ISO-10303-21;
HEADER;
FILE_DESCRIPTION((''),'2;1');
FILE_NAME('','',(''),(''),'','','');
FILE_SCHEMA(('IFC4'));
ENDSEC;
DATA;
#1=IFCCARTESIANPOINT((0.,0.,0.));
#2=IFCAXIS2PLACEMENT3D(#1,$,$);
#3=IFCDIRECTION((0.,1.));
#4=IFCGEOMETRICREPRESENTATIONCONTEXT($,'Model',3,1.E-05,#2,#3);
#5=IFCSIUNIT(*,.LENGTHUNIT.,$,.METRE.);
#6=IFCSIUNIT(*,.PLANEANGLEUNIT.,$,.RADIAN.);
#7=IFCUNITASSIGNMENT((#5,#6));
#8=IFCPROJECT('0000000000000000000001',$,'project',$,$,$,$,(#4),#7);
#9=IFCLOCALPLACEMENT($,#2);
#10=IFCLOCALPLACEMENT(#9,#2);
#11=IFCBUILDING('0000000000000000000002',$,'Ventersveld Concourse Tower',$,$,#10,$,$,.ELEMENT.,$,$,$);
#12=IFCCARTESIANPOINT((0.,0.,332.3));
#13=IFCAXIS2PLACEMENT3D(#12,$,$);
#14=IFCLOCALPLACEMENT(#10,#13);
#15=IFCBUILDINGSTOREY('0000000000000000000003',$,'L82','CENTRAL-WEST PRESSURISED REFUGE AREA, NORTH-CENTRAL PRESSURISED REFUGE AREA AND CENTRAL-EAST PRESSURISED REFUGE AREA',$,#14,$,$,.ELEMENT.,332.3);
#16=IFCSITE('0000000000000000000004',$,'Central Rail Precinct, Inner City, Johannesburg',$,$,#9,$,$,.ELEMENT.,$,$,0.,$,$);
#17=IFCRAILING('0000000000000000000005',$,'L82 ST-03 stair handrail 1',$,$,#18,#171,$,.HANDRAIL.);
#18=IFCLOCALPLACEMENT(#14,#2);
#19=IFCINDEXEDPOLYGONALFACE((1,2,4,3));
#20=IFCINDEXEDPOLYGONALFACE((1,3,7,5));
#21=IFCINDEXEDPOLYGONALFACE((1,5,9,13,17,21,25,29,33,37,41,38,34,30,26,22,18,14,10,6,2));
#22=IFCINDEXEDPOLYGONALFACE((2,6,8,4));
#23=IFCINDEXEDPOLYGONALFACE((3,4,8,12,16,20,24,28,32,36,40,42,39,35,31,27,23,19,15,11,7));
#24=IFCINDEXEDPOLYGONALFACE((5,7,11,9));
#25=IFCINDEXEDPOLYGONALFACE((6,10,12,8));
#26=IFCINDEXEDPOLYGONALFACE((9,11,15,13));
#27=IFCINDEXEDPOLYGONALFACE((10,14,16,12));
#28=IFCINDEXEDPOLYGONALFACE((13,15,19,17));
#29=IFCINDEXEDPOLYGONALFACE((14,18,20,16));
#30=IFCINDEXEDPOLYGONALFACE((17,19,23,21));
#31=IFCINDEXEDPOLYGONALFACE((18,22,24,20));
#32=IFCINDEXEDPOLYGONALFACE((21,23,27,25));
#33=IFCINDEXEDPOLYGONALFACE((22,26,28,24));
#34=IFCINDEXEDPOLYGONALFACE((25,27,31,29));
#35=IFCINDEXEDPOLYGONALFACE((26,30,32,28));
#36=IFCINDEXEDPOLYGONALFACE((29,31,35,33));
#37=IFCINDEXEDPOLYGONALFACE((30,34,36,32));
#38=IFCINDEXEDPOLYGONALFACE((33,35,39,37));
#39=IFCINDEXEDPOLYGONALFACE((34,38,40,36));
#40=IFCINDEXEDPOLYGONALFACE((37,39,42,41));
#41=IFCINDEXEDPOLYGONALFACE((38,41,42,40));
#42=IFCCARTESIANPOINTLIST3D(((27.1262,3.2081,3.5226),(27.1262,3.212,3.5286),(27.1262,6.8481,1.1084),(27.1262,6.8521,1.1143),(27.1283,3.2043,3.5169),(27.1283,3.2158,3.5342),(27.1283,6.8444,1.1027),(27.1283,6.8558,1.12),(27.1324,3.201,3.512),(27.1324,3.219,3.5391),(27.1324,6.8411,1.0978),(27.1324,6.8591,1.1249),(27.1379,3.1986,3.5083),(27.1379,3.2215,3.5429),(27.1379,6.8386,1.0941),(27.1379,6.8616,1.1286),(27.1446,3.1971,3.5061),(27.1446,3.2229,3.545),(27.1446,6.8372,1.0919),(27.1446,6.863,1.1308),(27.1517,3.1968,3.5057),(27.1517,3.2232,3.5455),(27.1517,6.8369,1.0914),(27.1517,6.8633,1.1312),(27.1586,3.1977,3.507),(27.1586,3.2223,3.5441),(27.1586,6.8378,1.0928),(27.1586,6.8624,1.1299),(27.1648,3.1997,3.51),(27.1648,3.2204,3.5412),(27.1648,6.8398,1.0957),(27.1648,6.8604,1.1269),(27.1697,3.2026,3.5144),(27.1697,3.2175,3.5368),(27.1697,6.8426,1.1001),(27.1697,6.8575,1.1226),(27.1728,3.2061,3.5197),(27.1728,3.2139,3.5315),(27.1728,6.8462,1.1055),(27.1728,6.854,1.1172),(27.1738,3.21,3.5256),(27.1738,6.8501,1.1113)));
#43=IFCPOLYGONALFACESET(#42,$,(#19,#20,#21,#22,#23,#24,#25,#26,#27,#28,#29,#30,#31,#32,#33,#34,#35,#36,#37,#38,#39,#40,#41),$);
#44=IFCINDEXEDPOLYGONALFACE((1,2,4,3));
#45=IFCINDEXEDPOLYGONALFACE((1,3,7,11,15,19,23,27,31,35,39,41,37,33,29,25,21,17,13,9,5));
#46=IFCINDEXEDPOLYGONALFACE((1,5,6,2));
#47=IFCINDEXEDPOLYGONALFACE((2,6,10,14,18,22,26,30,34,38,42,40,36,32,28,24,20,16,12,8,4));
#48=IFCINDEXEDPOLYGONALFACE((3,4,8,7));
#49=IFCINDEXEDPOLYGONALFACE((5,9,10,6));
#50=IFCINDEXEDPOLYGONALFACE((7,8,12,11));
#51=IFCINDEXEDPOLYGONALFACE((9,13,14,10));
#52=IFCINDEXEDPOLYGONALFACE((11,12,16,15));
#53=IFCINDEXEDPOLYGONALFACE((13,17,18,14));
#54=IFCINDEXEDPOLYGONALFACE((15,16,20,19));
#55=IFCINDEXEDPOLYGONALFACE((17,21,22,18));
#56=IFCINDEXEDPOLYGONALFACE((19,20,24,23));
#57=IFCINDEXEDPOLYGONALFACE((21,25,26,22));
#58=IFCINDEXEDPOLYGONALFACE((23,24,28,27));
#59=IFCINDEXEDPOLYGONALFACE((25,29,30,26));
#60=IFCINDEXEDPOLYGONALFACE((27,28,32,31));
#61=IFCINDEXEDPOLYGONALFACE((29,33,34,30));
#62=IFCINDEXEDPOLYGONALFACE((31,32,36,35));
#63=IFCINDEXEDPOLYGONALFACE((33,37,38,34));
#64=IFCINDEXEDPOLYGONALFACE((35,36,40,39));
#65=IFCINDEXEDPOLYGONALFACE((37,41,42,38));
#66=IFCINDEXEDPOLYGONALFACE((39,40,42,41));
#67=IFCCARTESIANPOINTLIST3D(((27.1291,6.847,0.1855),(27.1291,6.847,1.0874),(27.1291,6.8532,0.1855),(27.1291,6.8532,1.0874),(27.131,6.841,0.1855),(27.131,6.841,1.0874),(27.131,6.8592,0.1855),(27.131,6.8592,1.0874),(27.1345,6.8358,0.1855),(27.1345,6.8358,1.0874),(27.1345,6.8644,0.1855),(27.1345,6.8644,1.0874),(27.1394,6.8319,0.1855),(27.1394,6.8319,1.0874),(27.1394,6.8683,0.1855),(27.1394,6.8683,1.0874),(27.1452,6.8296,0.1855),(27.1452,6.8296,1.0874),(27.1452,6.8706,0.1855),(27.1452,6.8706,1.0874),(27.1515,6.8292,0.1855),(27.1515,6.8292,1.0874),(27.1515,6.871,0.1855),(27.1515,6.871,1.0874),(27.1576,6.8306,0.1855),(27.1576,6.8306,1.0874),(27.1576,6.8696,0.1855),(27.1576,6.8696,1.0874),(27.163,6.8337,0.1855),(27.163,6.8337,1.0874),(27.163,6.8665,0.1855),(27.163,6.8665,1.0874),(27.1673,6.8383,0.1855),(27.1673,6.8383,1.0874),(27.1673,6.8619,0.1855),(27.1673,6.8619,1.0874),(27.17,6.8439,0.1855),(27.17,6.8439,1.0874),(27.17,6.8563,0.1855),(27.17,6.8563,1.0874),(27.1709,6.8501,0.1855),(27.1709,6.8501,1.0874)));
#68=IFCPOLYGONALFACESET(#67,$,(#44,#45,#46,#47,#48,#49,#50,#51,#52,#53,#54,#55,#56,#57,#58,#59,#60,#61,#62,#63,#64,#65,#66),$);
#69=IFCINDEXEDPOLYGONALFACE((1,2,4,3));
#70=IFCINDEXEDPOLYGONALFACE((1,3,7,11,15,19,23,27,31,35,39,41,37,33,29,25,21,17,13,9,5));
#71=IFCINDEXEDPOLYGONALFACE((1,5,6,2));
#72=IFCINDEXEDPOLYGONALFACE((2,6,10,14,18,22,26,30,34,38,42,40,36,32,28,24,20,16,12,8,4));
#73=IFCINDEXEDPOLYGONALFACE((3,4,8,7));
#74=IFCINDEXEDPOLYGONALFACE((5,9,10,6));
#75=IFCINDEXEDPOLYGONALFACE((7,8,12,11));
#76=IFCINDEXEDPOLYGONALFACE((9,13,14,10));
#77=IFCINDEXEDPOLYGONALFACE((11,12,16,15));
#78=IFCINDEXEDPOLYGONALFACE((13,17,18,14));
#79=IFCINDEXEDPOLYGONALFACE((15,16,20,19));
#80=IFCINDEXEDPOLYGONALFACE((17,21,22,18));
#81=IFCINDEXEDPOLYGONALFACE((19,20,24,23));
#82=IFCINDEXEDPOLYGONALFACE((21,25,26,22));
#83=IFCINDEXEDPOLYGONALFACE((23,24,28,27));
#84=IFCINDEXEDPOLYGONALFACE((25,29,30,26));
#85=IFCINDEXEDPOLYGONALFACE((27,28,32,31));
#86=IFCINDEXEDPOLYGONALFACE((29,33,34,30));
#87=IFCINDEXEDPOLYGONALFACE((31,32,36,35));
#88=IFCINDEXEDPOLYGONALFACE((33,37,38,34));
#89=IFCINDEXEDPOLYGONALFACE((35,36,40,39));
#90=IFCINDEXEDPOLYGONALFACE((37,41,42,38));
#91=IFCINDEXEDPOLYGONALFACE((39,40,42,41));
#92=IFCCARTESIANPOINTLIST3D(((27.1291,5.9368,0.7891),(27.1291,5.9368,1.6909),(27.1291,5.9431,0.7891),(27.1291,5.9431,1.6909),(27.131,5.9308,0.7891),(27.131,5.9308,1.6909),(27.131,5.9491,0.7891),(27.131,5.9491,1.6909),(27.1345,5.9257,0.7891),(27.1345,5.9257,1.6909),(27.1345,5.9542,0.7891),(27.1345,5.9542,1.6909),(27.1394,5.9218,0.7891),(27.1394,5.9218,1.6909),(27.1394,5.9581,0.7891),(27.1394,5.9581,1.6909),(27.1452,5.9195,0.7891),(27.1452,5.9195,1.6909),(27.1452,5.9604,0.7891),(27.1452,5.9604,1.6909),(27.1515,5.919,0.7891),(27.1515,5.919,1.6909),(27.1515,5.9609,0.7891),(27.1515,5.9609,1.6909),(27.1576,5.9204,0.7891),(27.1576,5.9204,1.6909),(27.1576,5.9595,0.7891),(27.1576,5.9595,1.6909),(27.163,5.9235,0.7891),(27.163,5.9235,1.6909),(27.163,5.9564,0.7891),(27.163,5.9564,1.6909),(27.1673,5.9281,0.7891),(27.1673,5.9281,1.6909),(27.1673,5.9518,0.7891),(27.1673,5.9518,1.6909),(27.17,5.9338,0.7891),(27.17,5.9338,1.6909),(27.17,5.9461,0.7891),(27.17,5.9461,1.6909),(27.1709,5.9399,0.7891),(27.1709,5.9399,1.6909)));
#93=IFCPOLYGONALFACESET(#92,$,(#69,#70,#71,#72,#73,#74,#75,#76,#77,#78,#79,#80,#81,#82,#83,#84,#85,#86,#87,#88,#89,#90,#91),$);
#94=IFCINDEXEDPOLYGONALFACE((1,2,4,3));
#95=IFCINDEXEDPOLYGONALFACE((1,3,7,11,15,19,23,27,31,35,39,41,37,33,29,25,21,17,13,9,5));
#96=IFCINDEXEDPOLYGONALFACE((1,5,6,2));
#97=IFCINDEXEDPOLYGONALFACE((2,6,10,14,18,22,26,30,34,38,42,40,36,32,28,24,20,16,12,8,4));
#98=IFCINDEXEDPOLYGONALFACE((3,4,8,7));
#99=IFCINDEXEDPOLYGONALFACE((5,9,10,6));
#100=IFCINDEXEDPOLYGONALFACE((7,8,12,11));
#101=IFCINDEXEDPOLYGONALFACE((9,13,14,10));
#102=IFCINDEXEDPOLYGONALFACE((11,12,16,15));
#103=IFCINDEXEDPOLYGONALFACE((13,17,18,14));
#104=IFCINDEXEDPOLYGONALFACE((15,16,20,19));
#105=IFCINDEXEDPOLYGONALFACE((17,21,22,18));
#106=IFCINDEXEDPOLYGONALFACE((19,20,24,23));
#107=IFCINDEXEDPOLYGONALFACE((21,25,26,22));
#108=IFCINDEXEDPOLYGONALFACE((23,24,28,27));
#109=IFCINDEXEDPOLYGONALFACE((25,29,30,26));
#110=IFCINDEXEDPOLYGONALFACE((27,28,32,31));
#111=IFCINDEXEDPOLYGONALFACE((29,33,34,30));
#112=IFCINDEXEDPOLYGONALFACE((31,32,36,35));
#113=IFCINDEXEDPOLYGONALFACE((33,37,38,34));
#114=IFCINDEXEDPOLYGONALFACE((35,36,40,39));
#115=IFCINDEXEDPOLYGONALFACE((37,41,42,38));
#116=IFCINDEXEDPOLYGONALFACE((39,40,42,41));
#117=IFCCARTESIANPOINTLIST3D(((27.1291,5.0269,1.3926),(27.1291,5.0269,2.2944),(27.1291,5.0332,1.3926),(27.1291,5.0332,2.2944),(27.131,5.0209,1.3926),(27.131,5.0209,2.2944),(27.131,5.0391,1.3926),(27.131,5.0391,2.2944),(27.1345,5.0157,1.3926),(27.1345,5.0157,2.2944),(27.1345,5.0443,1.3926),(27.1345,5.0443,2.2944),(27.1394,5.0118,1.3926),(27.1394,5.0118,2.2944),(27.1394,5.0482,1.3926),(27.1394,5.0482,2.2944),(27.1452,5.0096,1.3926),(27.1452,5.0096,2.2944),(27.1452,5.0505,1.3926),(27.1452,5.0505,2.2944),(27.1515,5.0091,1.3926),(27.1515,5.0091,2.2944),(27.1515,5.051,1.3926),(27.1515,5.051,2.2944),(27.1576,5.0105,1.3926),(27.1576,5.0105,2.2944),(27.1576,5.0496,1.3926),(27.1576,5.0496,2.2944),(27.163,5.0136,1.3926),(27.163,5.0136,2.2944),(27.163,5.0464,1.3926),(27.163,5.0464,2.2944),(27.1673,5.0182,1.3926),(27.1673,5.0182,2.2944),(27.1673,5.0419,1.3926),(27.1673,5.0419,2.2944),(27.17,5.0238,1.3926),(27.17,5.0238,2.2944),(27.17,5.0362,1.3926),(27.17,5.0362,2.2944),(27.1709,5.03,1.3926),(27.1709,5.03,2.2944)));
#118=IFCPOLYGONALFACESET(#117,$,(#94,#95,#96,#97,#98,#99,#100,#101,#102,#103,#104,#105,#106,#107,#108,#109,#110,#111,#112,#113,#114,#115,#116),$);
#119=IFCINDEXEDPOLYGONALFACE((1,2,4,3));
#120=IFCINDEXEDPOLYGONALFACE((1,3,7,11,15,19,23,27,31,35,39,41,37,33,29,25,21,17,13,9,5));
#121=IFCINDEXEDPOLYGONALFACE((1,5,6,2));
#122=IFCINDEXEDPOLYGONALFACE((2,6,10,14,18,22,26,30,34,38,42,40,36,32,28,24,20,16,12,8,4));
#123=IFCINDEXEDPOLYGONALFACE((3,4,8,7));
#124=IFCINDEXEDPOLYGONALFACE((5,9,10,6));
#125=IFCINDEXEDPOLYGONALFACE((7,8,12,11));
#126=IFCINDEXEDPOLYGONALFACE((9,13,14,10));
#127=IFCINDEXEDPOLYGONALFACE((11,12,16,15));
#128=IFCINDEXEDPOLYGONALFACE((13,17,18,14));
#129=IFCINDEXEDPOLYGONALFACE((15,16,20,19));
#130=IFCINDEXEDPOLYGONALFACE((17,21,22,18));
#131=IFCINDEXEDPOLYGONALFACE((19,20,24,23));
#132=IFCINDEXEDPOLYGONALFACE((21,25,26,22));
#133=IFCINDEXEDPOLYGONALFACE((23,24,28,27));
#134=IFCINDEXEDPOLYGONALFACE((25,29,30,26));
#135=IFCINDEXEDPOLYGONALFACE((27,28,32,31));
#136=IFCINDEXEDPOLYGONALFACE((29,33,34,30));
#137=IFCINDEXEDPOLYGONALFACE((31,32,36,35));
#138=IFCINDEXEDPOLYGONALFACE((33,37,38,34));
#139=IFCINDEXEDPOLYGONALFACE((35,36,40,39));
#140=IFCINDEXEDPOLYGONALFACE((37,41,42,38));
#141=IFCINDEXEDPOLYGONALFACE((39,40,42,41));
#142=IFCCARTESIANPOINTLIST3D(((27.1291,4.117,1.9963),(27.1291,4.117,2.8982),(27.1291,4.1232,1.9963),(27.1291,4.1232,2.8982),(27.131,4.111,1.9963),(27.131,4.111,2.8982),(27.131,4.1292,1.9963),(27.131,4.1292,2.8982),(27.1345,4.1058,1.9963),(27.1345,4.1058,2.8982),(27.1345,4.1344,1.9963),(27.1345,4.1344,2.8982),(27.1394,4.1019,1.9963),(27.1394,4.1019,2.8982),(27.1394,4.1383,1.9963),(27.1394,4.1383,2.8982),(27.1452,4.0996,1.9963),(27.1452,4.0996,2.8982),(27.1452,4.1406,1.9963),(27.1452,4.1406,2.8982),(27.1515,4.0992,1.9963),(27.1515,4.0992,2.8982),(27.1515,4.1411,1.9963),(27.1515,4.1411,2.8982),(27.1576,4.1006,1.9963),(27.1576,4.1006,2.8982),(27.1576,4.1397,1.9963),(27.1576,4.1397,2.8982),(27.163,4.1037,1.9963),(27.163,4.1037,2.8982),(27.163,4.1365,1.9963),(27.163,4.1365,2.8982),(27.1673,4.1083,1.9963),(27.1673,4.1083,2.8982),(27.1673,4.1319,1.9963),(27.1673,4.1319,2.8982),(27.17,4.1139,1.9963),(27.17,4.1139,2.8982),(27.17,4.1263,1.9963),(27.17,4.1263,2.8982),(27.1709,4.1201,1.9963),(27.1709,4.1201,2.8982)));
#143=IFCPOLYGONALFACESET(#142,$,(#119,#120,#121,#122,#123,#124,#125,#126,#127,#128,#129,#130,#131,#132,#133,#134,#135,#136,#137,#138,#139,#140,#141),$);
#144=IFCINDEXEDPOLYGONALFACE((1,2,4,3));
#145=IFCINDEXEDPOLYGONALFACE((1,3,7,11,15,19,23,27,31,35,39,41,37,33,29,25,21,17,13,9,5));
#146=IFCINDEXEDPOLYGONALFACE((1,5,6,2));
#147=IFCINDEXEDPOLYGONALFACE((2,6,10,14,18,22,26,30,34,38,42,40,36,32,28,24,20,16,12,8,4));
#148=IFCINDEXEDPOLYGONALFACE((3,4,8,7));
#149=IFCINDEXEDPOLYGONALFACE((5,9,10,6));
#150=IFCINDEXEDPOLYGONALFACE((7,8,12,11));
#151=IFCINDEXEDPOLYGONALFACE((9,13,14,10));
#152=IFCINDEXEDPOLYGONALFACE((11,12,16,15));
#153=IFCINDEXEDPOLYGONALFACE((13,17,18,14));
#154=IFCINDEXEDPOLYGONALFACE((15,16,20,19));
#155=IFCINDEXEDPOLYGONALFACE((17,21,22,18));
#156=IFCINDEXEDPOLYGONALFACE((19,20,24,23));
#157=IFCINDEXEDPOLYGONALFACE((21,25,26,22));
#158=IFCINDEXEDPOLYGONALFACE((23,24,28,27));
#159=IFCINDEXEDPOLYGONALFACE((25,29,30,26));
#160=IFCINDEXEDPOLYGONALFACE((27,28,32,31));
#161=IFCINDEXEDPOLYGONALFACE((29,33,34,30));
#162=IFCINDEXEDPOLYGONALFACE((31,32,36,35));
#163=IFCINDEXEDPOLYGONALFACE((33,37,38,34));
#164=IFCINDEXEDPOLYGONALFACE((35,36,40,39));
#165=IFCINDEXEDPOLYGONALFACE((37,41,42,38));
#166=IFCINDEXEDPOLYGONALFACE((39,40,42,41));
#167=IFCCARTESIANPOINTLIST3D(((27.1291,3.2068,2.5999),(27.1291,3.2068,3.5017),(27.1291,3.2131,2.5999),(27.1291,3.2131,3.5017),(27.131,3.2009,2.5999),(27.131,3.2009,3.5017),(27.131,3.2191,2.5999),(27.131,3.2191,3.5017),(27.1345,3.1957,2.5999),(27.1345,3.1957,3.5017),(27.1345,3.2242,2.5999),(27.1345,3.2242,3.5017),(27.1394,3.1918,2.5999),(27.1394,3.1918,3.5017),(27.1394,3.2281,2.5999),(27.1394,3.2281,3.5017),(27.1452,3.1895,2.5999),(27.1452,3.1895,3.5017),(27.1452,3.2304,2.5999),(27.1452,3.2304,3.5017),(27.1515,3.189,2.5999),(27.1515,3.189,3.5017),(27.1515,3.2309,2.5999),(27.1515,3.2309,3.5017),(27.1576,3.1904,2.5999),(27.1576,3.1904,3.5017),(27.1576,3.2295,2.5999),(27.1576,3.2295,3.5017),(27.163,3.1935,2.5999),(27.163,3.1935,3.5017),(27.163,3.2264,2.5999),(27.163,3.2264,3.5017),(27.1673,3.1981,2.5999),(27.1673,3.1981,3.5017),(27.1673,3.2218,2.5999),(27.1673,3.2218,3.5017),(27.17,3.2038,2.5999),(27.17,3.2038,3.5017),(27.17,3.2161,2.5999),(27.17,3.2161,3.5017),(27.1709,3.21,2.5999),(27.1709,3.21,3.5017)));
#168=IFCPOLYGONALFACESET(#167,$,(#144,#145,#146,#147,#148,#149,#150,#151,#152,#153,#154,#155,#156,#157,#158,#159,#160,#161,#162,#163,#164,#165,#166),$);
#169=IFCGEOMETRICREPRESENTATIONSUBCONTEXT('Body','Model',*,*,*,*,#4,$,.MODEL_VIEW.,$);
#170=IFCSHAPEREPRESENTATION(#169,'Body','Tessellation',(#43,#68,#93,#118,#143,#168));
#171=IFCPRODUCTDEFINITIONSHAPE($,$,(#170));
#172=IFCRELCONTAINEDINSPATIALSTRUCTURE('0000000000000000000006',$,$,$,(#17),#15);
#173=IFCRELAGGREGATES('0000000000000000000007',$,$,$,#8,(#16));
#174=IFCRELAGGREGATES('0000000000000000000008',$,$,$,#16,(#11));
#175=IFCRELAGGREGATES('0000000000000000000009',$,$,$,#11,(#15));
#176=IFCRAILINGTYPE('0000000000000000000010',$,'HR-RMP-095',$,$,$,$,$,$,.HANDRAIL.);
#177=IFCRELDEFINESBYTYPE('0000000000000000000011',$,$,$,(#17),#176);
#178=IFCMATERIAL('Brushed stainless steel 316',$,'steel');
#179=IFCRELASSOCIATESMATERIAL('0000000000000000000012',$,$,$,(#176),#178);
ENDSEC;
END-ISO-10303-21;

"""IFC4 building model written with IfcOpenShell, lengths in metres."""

from ifc_helpers import new_model, si_unit, direction, frame, origin, origin_2d, place, context, subcontext, project, spatial, circle, extrude, material, type_object, element, save


model = new_model("IFC4")

# Units and contexts
model_context = context("Model", 3, precision=1e-05, world=origin(), true_north=direction((0.0, 1.0)))
body_context = subcontext(model_context, "Body", "Model", "MODEL_VIEW")
ifc_project = project(units=[si_unit("LENGTHUNIT", "METRE"), si_unit("PLANEANGLEUNIT", "RADIAN")], contexts=[model_context])

# Site, building, storey
site_placement = place(None, origin())
site = spatial("IfcSite", under=ifc_project, at=site_placement, Name="Central Rail Precinct, Inner City, Johannesburg", CompositionType="ELEMENT", RefElevation=0.0)
building_placement = place(site_placement, origin())
building = spatial("IfcBuilding", under=site, at=building_placement, Name="Ventersveld Concourse Tower", CompositionType="ELEMENT")
storey_placement = place(building_placement, frame((0.0, 0.0, 332.3)))
storey = spatial("IfcBuildingStorey", under=building, at=storey_placement, Name="L82", Description="CENTRAL-WEST PRESSURISED REFUGE AREA, NORTH-CENTRAL PRESSURISED REFUGE AREA AND CENTRAL-EAST PRESSURISED REFUGE AREA", CompositionType="ELEMENT", Elevation=332.3)

# Shared definitions
ifc_material_1 = material(Name="Brushed stainless steel 316", Category="steel")

# Railing
railing_type_1 = type_object("IfcRailingType", Name="HR-RMP-095", PredefinedType="HANDRAIL", material=ifc_material_1)
railing_1_placement = place(storey_placement, frame((27.1499, 6.8501, 0.1855)))
element("IfcRailing", 1, at=railing_1_placement, inside=storey, type_object=railing_type_1, Name="L82 ST-03 stair handrail 1", PredefinedType="HANDRAIL", context=body_context, shape_type="SweptSolid", body=[
    extrude(circle(Radius=0.0239, at=origin_2d()), frame((0.0, 0.0, 0.9258), z_axis=(0.0, -0.833364, 0.552725), x_axis=(1.0, 0.0, 0.0)), (0.0, 0.0, 1.0), 4.3679),
    extrude(circle(Radius=0.021, at=origin_2d()), origin(), (0.0, 0.0, 1.0), 0.9019),
    extrude(circle(Radius=0.021, at=origin_2d()), frame((0.0, -0.9102, 0.6035)), (0.0, 0.0, 1.0), 0.9019),
    extrude(circle(Radius=0.021, at=origin_2d()), frame((0.0, -1.8201, 1.207)), (0.0, 0.0, 1.0), 0.9019),
    extrude(circle(Radius=0.021, at=origin_2d()), frame((0.0, -2.73, 1.8108)), (0.0, 0.0, 1.0), 0.9019),
    extrude(circle(Radius=0.021, at=origin_2d()), frame((0.0, -3.6401, 2.4143)), (0.0, 0.0, 1.0), 0.9019),
])

save(model, "model.ifc")
